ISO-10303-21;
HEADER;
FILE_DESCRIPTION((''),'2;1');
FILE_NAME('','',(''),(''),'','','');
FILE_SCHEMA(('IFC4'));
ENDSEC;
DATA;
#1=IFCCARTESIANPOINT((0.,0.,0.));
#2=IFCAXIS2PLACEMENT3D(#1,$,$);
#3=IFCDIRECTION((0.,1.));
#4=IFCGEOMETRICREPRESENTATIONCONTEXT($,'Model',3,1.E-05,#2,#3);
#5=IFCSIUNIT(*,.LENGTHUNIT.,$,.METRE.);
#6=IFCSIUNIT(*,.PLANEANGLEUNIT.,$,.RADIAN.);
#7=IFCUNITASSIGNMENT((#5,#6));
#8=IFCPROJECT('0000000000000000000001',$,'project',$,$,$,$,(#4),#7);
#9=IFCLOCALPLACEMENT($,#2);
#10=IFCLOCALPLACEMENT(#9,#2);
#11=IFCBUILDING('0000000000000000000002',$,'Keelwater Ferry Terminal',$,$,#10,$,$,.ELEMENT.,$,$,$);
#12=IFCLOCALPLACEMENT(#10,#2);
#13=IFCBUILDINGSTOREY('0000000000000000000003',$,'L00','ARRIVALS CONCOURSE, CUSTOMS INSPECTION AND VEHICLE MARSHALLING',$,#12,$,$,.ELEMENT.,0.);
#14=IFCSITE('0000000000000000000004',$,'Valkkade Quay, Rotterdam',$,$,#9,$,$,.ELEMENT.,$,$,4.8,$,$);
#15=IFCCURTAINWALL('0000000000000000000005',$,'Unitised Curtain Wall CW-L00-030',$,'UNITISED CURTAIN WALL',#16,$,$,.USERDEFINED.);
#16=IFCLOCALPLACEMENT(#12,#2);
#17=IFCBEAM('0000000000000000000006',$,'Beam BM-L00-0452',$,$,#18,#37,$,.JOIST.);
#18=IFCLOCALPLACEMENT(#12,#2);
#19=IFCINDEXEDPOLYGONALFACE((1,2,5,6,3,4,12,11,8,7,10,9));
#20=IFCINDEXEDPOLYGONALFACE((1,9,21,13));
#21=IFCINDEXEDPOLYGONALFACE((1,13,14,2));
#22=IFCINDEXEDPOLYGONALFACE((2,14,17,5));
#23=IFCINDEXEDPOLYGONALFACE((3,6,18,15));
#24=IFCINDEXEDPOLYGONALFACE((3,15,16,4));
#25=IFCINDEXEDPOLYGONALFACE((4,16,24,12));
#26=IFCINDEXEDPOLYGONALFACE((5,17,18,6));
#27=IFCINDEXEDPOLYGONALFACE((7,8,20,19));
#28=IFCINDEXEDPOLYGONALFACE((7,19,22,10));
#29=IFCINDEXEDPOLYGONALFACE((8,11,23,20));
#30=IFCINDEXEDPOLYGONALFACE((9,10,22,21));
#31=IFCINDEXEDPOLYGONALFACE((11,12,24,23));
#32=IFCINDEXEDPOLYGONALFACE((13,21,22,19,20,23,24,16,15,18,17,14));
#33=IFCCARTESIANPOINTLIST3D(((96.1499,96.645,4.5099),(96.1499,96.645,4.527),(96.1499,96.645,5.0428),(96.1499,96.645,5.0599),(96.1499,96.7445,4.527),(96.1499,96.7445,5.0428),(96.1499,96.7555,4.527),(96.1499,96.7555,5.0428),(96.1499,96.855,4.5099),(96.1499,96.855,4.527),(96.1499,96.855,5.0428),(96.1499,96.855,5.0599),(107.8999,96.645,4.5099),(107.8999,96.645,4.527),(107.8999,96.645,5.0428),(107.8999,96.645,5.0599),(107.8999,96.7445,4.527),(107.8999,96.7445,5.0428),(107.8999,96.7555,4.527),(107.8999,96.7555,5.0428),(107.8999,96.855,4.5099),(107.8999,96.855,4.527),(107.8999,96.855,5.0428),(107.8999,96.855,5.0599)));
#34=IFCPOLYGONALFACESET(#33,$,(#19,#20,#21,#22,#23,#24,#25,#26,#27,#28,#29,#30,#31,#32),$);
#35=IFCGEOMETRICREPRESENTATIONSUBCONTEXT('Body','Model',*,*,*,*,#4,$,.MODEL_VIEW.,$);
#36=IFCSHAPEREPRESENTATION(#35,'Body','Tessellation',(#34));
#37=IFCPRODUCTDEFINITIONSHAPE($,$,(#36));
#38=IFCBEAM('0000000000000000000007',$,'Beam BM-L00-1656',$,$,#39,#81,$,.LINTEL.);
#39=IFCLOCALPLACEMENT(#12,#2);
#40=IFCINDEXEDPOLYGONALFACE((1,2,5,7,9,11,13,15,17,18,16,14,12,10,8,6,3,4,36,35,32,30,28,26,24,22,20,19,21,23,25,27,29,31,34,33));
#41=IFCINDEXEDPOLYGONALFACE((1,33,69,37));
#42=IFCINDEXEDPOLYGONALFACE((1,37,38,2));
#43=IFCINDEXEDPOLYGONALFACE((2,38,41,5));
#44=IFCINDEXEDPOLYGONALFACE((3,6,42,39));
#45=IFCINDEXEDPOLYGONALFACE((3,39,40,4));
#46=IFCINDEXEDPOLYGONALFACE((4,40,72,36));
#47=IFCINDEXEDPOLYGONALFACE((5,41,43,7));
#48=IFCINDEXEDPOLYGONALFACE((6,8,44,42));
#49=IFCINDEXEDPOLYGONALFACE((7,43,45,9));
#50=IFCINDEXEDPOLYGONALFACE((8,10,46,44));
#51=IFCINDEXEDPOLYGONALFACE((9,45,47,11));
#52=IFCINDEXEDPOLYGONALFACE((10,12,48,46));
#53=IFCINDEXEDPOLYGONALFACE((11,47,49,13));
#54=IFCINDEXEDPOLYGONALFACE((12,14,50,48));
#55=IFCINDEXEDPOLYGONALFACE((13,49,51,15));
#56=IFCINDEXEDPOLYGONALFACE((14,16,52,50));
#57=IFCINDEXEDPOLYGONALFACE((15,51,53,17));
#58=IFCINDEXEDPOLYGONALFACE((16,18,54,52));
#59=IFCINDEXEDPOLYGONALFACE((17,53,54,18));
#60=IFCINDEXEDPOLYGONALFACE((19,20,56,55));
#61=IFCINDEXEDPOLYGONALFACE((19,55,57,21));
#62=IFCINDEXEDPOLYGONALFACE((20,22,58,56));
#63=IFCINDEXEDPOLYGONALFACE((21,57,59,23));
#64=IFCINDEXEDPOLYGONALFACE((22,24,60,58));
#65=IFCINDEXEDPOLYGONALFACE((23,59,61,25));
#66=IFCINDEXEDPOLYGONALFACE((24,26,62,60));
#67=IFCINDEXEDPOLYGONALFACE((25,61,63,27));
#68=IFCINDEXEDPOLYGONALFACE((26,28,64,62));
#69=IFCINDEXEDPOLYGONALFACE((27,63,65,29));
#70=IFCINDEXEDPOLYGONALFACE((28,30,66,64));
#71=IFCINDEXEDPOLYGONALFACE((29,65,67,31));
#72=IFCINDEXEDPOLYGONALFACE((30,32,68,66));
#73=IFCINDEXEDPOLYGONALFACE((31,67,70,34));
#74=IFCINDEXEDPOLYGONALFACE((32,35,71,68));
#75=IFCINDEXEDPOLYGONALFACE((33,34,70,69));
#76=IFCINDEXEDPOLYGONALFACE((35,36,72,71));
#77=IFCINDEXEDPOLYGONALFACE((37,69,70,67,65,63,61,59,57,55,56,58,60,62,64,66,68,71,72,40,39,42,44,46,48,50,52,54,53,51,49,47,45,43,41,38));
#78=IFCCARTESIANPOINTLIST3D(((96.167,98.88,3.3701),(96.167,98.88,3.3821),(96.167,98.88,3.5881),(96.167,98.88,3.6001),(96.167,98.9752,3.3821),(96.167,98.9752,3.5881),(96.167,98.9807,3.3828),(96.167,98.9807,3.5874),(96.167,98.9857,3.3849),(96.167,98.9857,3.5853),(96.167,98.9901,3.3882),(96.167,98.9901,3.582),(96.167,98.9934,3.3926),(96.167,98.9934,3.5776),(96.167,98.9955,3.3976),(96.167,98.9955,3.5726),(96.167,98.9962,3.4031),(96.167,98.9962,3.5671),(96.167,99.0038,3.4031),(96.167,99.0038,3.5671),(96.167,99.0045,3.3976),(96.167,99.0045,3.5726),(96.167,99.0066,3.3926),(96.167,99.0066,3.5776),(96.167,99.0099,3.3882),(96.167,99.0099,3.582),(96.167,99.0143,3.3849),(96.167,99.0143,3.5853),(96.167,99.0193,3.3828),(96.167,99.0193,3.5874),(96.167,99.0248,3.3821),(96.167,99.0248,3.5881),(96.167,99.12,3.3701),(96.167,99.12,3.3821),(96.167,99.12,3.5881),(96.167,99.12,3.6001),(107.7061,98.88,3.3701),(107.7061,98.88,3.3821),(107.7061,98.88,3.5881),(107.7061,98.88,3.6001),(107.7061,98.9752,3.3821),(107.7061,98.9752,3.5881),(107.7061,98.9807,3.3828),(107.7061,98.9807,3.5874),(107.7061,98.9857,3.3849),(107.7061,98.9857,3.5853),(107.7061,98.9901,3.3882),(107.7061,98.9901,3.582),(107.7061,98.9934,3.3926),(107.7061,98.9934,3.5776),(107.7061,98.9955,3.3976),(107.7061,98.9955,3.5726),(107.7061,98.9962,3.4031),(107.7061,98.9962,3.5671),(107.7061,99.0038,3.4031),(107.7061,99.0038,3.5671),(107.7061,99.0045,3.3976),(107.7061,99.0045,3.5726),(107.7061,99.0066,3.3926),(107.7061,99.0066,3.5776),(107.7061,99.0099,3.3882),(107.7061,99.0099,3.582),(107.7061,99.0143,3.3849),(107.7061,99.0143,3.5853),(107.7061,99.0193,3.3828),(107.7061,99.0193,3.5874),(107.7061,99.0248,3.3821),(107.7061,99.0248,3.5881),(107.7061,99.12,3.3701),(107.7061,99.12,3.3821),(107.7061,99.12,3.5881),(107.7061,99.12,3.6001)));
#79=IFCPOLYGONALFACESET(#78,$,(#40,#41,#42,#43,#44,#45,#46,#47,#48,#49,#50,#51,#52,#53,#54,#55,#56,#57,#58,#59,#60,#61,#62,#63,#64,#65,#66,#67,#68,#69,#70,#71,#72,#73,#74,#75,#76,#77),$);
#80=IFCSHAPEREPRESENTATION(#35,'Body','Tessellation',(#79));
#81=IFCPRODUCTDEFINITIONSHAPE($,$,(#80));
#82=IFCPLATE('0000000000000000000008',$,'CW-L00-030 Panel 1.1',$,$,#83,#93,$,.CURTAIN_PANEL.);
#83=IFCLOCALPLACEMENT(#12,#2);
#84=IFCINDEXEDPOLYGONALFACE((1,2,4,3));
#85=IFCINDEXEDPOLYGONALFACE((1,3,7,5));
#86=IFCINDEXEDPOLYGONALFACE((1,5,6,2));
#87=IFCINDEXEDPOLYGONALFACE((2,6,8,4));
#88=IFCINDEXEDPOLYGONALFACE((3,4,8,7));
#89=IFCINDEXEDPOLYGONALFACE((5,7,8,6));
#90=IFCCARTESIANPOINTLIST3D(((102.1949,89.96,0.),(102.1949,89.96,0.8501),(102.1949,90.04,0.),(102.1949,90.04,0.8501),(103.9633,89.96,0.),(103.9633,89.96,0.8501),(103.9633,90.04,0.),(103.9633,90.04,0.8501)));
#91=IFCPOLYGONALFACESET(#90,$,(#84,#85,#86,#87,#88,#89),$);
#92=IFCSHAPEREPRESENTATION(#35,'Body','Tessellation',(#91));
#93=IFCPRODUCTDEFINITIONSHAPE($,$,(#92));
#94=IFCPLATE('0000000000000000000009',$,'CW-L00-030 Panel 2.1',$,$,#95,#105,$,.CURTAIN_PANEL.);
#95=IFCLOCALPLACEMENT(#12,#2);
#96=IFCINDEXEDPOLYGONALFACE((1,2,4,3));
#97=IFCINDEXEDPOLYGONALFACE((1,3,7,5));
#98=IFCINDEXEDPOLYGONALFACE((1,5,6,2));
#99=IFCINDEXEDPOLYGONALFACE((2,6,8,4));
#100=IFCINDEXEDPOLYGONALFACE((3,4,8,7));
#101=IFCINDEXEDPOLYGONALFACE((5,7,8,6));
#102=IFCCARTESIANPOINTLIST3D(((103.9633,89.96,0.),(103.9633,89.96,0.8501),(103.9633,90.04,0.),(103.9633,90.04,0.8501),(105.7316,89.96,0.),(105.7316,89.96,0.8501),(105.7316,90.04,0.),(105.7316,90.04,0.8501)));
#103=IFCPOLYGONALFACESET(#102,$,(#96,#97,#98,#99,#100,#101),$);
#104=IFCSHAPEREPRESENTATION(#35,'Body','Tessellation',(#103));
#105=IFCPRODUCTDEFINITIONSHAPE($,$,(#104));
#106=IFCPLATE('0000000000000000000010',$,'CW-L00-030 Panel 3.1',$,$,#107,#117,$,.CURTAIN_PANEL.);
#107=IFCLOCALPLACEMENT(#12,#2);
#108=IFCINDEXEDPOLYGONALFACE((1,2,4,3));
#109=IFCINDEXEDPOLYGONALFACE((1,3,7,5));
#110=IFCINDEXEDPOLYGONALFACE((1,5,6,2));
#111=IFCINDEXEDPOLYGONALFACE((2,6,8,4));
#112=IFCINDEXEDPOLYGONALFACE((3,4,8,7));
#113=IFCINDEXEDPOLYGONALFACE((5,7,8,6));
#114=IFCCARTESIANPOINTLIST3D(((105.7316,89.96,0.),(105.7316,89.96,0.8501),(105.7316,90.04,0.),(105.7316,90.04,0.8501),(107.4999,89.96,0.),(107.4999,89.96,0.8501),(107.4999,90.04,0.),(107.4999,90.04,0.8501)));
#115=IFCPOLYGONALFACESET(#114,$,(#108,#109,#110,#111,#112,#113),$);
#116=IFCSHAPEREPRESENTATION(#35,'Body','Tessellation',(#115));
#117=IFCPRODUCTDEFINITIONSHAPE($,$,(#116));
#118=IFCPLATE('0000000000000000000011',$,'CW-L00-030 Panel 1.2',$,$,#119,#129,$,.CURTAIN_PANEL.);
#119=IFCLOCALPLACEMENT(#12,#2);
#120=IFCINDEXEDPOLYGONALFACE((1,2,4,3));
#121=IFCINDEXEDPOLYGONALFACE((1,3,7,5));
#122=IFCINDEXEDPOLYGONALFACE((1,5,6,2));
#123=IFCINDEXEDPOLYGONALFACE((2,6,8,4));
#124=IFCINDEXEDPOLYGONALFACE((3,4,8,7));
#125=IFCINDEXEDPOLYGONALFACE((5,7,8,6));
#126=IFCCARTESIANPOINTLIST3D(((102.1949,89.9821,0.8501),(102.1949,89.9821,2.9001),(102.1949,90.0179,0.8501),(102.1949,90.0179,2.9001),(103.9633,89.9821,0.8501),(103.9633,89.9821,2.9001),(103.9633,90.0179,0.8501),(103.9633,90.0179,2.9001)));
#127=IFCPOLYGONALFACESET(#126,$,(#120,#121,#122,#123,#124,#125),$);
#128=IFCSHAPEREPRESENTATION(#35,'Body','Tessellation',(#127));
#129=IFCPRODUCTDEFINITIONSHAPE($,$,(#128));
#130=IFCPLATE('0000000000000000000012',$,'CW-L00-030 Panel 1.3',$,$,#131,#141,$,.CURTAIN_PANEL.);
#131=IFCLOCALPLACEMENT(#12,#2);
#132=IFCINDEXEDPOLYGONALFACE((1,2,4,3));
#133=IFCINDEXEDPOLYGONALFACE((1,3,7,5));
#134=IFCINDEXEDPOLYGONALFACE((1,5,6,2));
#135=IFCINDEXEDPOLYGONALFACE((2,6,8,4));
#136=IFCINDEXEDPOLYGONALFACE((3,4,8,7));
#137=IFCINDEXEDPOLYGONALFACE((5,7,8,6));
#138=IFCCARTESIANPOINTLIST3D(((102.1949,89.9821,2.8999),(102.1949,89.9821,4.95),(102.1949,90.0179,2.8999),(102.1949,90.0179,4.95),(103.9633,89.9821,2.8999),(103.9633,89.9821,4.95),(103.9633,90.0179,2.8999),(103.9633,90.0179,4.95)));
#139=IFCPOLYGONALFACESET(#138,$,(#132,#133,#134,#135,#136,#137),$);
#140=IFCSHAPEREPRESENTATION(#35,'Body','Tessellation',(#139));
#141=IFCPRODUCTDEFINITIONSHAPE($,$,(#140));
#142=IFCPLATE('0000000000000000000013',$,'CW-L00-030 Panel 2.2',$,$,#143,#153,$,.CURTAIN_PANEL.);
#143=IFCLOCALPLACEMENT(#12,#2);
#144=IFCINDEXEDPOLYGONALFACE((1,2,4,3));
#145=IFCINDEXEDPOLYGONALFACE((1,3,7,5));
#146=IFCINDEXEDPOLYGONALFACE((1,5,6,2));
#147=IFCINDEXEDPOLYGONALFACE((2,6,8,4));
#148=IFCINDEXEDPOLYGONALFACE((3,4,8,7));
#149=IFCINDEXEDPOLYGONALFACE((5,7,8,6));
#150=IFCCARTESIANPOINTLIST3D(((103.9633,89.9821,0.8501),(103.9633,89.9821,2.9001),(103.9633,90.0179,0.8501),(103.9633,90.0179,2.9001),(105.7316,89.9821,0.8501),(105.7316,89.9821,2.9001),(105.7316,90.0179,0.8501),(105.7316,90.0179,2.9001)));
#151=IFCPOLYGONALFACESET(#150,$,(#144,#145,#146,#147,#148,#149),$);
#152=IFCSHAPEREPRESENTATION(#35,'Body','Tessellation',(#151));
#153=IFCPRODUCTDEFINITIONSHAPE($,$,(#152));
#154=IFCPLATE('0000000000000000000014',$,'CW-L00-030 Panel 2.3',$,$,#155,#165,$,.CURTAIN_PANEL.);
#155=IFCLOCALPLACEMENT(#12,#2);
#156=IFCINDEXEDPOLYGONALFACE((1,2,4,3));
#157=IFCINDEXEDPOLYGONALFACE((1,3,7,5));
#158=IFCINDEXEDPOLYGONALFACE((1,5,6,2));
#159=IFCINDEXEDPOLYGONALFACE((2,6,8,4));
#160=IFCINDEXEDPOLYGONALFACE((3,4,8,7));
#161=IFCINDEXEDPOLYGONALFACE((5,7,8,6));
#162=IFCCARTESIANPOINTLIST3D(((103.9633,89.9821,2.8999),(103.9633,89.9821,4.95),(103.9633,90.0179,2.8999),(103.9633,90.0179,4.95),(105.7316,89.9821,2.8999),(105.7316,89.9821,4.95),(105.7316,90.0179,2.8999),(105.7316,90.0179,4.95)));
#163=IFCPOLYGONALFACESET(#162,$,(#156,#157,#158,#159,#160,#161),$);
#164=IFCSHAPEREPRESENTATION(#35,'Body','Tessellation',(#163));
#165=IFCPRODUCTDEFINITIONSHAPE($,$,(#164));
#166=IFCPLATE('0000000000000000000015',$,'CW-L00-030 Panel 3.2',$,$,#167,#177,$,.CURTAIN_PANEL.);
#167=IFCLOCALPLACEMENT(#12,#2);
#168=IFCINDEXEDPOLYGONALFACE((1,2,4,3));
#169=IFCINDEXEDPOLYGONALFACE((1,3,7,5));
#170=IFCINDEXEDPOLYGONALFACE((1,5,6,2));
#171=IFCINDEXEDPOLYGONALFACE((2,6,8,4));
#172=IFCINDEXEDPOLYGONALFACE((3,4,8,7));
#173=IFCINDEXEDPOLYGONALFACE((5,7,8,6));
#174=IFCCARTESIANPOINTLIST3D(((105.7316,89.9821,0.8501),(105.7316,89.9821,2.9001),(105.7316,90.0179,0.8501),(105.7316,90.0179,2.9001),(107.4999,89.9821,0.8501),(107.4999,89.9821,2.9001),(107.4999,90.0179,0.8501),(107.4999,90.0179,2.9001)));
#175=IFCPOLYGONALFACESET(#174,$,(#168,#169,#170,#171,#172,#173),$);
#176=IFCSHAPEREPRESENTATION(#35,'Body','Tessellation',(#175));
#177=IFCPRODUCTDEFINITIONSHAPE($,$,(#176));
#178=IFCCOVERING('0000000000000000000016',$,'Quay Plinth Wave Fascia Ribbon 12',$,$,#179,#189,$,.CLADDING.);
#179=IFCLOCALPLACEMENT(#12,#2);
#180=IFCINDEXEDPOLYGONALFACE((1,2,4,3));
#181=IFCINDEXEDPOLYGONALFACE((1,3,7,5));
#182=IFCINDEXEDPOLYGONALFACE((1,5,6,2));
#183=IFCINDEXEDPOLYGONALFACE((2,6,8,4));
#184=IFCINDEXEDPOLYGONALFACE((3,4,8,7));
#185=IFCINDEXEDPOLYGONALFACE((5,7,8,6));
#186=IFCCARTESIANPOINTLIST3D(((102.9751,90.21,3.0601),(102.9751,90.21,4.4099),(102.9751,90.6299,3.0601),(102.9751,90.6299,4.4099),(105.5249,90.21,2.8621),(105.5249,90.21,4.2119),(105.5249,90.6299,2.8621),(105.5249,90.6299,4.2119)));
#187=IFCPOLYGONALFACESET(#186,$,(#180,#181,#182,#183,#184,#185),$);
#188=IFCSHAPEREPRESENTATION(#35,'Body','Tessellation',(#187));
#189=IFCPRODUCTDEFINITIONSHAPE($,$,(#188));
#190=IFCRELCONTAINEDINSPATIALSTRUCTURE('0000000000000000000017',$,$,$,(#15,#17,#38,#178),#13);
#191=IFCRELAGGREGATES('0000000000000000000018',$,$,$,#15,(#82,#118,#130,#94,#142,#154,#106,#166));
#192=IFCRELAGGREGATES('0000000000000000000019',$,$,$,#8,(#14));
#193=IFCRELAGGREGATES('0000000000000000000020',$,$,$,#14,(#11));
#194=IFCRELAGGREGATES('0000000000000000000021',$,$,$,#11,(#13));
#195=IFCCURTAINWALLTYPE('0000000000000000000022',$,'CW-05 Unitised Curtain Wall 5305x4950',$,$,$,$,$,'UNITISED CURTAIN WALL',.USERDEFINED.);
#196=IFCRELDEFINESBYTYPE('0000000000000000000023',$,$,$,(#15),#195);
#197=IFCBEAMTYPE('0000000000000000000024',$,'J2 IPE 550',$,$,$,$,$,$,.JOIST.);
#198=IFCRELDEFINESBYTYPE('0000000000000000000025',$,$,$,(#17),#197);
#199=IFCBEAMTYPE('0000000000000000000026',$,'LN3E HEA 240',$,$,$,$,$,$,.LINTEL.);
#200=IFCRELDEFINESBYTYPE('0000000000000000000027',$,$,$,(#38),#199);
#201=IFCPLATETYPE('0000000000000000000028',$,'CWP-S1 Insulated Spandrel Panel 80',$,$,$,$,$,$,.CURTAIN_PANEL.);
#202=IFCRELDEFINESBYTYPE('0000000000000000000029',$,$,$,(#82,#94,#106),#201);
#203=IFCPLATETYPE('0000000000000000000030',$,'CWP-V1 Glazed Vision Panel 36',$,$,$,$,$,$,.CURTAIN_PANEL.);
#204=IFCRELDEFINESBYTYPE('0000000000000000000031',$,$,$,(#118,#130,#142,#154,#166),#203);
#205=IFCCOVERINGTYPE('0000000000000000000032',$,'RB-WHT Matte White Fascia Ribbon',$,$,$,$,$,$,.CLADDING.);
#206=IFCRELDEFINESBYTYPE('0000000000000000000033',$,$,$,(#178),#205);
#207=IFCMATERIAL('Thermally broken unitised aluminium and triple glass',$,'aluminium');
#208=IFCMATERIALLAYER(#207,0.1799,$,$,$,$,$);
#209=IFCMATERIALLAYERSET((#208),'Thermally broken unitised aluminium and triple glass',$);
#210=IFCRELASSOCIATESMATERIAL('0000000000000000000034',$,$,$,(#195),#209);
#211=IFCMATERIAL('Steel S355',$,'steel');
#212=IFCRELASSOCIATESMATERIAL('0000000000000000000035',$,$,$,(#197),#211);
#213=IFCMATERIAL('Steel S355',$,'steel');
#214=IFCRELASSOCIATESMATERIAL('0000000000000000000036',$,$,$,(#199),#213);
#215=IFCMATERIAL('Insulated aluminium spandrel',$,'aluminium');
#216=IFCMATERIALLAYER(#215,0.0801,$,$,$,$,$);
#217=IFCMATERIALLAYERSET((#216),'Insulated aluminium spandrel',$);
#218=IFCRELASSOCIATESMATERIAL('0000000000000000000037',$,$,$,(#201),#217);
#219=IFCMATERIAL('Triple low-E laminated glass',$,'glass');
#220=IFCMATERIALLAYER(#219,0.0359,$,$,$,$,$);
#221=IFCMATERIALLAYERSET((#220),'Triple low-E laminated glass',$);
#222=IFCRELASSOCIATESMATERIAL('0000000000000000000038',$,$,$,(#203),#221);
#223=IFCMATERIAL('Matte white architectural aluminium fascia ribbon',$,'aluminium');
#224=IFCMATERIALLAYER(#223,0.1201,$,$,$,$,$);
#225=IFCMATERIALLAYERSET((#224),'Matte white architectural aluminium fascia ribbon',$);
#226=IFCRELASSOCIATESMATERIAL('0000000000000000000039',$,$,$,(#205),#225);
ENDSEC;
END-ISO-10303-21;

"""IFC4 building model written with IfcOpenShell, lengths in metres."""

from ifc_helpers import new_model, si_unit, direction, frame, origin, origin_2d, place, context, subcontext, project, spatial, polyline, rectangle, i_section, outline, extrude, material, layer, layer_set, material_profile, profile_set, type_object, element, aggregate, save


model = new_model("IFC4")

# Units and contexts
model_context = context("Model", 3, precision=1e-05, world=origin(), true_north=direction((0.0, 1.0)))
body_context = subcontext(model_context, "Body", "Model", "MODEL_VIEW")
ifc_project = project(units=[si_unit("LENGTHUNIT", "METRE"), si_unit("PLANEANGLEUNIT", "RADIAN")], contexts=[model_context])

# Site, building, storey
site_placement = place(None, origin())
site = spatial("IfcSite", under=ifc_project, at=site_placement, Name="Valkkade Quay, Rotterdam", CompositionType="ELEMENT", RefElevation=4.8)
building_placement = place(site_placement, origin())
building = spatial("IfcBuilding", under=site, at=building_placement, Name="Keelwater Ferry Terminal", CompositionType="ELEMENT")
storey_placement = place(building_placement, origin())
storey = spatial("IfcBuildingStorey", under=building, at=storey_placement, Name="L00", Description="ARRIVALS CONCOURSE, CUSTOMS INSPECTION AND VEHICLE MARSHALLING", CompositionType="ELEMENT", Elevation=0.0)

# Curtain wall
ifc_material_1 = material(Name="Thermally broken unitised aluminium and triple glass", Category="aluminium")
ifc_layer_1 = layer(ifc_material_1, 0.1799)
ifc_layer_set_1 = layer_set([ifc_layer_1], Name="Thermally broken unitised aluminium and triple glass")
curtain_wall_type = type_object("IfcCurtainWallType", Name="CW-05 Unitised Curtain Wall 5305x4950", ElementType="UNITISED CURTAIN WALL", PredefinedType="USERDEFINED", material=ifc_layer_set_1)
curtain_wall_placement = place(storey_placement, origin())
curtain_wall = element("IfcCurtainWall", 1, at=curtain_wall_placement, inside=storey, type_object=curtain_wall_type, Name="Unitised Curtain Wall CW-L00-030", ObjectType="UNITISED CURTAIN WALL", PredefinedType="USERDEFINED")

# Beams
ifc_material_2 = material(Name="Steel S355", Category="steel")
ifc_material_profile_1 = material_profile(ifc_material_2, i_section(OverallWidth=0.21, OverallDepth=0.55, WebThickness=0.011, FlangeThickness=0.0171, at=origin_2d()), Name="IPE 550")
ifc_profile_set_1 = profile_set([ifc_material_profile_1], Name="Steel S355")
beam_type_1 = type_object("IfcBeamType", Name="J2 IPE 550", PredefinedType="JOIST", material=ifc_profile_set_1)
for number, where, z_axis, x_axis, name in (
    (2, (96.1499, 96.75, 4.7849), (1.0, 0.0, 0.0), (0.0, 1.0, 0.0), "Beam BM-L00-0452"),
):
    element("IfcBeam", number, at=place(storey_placement, frame(where, z_axis=z_axis, x_axis=x_axis)), inside=storey, type_object=beam_type_1, Name=name, PredefinedType="JOIST", context=body_context, shape_type="SweptSolid", body=[
        extrude(i_section(OverallWidth=0.21, OverallDepth=0.55, WebThickness=0.011, FlangeThickness=0.0171, at=origin_2d()), origin(), (0.0, 0.0, 1.0), 11.75),
    ])
ifc_material_3 = material(Name="Steel S355", Category="steel")
ifc_material_profile_2 = material_profile(ifc_material_3, i_section(OverallWidth=0.24, OverallDepth=0.23, WebThickness=0.0076, FlangeThickness=0.012, FilletRadius=0.021, at=origin_2d()), Name="HEA 240")
ifc_profile_set_2 = profile_set([ifc_material_profile_2], Name="Steel S355")
beam_type_2 = type_object("IfcBeamType", Name="LN3E HEA 240", PredefinedType="LINTEL", material=ifc_profile_set_2)
beam_1_placement = place(storey_placement, frame((96.167, 99.0, 3.4851), z_axis=(1.0, 0.0, 0.0), x_axis=(0.0, 1.0, 0.0)))
element("IfcBeam", 3, at=beam_1_placement, inside=storey, type_object=beam_type_2, Name="Beam BM-L00-1656", PredefinedType="LINTEL", context=body_context, shape_type="SweptSolid", body=[
    extrude(i_section(OverallWidth=0.24, OverallDepth=0.23, WebThickness=0.0076, FlangeThickness=0.012, FilletRadius=0.021, at=origin_2d()), origin(), (0.0, 0.0, 1.0), 11.5391),
])

# Plates
ifc_material_4 = material(Name="Insulated aluminium spandrel", Category="aluminium")
ifc_layer_2 = layer(ifc_material_4, 0.0801)
ifc_layer_set_2 = layer_set([ifc_layer_2], Name="Insulated aluminium spandrel")
plate_type_1 = type_object("IfcPlateType", Name="CWP-S1 Insulated Spandrel Panel 80", PredefinedType="CURTAIN_PANEL", material=ifc_layer_set_2)
plate_1_placement = place(storey_placement, frame((103.0791, 90.0, 0.0), z_axis=(0.0, 0.0, 1.0), x_axis=(1.0, 0.0, 0.0)))
plate_1 = element("IfcPlate", 4, at=plate_1_placement, type_object=plate_type_1, Name="CW-L00-030 Panel 1.1", PredefinedType="CURTAIN_PANEL", context=body_context, shape_type="SweptSolid", body=[
    extrude(rectangle(XDim=1.7683, YDim=0.0801, at=origin_2d()), origin(), (0.0, 0.0, 1.0), 0.8501),
])
plate_2_placement = place(storey_placement, frame((104.8474, 90.0, 0.0), z_axis=(0.0, 0.0, 1.0), x_axis=(1.0, 0.0, 0.0)))
plate_2 = element("IfcPlate", 5, at=plate_2_placement, type_object=plate_type_1, Name="CW-L00-030 Panel 2.1", PredefinedType="CURTAIN_PANEL", context=body_context, shape_type="SweptSolid", body=[
    extrude(rectangle(XDim=1.7683, YDim=0.0801, at=origin_2d()), origin(), (0.0, 0.0, 1.0), 0.8501),
])
plate_3_placement = place(storey_placement, frame((106.6157, 90.0, 0.0), z_axis=(0.0, 0.0, 1.0), x_axis=(1.0, 0.0, 0.0)))
plate_3 = element("IfcPlate", 6, at=plate_3_placement, type_object=plate_type_1, Name="CW-L00-030 Panel 3.1", PredefinedType="CURTAIN_PANEL", context=body_context, shape_type="SweptSolid", body=[
    extrude(rectangle(XDim=1.7683, YDim=0.0801, at=origin_2d()), origin(), (0.0, 0.0, 1.0), 0.8501),
])
ifc_material_5 = material(Name="Triple low-E laminated glass", Category="glass")
ifc_layer_3 = layer(ifc_material_5, 0.0359)
ifc_layer_set_3 = layer_set([ifc_layer_3], Name="Triple low-E laminated glass")
plate_type_2 = type_object("IfcPlateType", Name="CWP-V1 Glazed Vision Panel 36", PredefinedType="CURTAIN_PANEL", material=ifc_layer_set_3)
plate_4_placement = place(storey_placement, frame((103.0791, 90.0, 0.8501), z_axis=(0.0, 0.0, 1.0), x_axis=(1.0, 0.0, 0.0)))
plate_4 = element("IfcPlate", 7, at=plate_4_placement, type_object=plate_type_2, Name="CW-L00-030 Panel 1.2", PredefinedType="CURTAIN_PANEL", context=body_context, shape_type="SweptSolid", body=[
    extrude(rectangle(XDim=1.7683, YDim=0.0359, at=origin_2d()), origin(), (0.0, 0.0, 1.0), 2.05),
])
plate_5_placement = place(storey_placement, frame((103.0791, 90.0, 2.8999), z_axis=(0.0, 0.0, 1.0), x_axis=(1.0, 0.0, 0.0)))
plate_5 = element("IfcPlate", 8, at=plate_5_placement, type_object=plate_type_2, Name="CW-L00-030 Panel 1.3", PredefinedType="CURTAIN_PANEL", context=body_context, shape_type="SweptSolid", body=[
    extrude(rectangle(XDim=1.7683, YDim=0.0359, at=origin_2d()), origin(), (0.0, 0.0, 1.0), 2.05),
])
plate_6_placement = place(storey_placement, frame((104.8474, 90.0, 0.8501), z_axis=(0.0, 0.0, 1.0), x_axis=(1.0, 0.0, 0.0)))
plate_6 = element("IfcPlate", 9, at=plate_6_placement, type_object=plate_type_2, Name="CW-L00-030 Panel 2.2", PredefinedType="CURTAIN_PANEL", context=body_context, shape_type="SweptSolid", body=[
    extrude(rectangle(XDim=1.7683, YDim=0.0359, at=origin_2d()), origin(), (0.0, 0.0, 1.0), 2.05),
])
plate_7_placement = place(storey_placement, frame((104.8474, 90.0, 2.8999), z_axis=(0.0, 0.0, 1.0), x_axis=(1.0, 0.0, 0.0)))
plate_7 = element("IfcPlate", 10, at=plate_7_placement, type_object=plate_type_2, Name="CW-L00-030 Panel 2.3", PredefinedType="CURTAIN_PANEL", context=body_context, shape_type="SweptSolid", body=[
    extrude(rectangle(XDim=1.7683, YDim=0.0359, at=origin_2d()), origin(), (0.0, 0.0, 1.0), 2.05),
])
plate_8_placement = place(storey_placement, frame((106.6157, 90.0, 0.8501), z_axis=(0.0, 0.0, 1.0), x_axis=(1.0, 0.0, 0.0)))
plate_8 = element("IfcPlate", 11, at=plate_8_placement, type_object=plate_type_2, Name="CW-L00-030 Panel 3.2", PredefinedType="CURTAIN_PANEL", context=body_context, shape_type="SweptSolid", body=[
    extrude(rectangle(XDim=1.7683, YDim=0.0359, at=origin_2d()), origin(), (0.0, 0.0, 1.0), 2.05),
])
aggregate(curtain_wall, [plate_1, plate_4, plate_5, plate_2, plate_6, plate_7, plate_3, plate_8])

# Covering
ifc_material_6 = material(Name="Matte white architectural aluminium fascia ribbon", Category="aluminium")
ifc_layer_4 = layer(ifc_material_6, 0.1201)
ifc_layer_set_4 = layer_set([ifc_layer_4], Name="Matte white architectural aluminium fascia ribbon")
covering_type = type_object("IfcCoveringType", Name="RB-WHT Matte White Fascia Ribbon", PredefinedType="CLADDING", material=ifc_layer_set_4)
covering_1_placement = place(storey_placement, frame((105.5249, 90.4199, 2.8621), z_axis=(0.0, 0.0, 1.0), x_axis=(-1.0, 0.0, 0.0)))
element("IfcCovering", 12, at=covering_1_placement, inside=storey, type_object=covering_type, Name="Quay Plinth Wave Fascia Ribbon 12", PredefinedType="CLADDING", context=body_context, shape_type="SweptSolid", body=[
    extrude(outline(polyline([(0.0, 0.0), (2.5498, 0.198), (2.5498, 1.5479), (0.0, 1.3499), (0.0, 0.0)])), frame((0.0, 0.21, 0.0), z_axis=(0.0, -1.0, 0.0), x_axis=(1.0, 0.0, 0.0)), (0.0, 0.0, 1.0), 0.4199),
])

save(model, "model.ifc")
